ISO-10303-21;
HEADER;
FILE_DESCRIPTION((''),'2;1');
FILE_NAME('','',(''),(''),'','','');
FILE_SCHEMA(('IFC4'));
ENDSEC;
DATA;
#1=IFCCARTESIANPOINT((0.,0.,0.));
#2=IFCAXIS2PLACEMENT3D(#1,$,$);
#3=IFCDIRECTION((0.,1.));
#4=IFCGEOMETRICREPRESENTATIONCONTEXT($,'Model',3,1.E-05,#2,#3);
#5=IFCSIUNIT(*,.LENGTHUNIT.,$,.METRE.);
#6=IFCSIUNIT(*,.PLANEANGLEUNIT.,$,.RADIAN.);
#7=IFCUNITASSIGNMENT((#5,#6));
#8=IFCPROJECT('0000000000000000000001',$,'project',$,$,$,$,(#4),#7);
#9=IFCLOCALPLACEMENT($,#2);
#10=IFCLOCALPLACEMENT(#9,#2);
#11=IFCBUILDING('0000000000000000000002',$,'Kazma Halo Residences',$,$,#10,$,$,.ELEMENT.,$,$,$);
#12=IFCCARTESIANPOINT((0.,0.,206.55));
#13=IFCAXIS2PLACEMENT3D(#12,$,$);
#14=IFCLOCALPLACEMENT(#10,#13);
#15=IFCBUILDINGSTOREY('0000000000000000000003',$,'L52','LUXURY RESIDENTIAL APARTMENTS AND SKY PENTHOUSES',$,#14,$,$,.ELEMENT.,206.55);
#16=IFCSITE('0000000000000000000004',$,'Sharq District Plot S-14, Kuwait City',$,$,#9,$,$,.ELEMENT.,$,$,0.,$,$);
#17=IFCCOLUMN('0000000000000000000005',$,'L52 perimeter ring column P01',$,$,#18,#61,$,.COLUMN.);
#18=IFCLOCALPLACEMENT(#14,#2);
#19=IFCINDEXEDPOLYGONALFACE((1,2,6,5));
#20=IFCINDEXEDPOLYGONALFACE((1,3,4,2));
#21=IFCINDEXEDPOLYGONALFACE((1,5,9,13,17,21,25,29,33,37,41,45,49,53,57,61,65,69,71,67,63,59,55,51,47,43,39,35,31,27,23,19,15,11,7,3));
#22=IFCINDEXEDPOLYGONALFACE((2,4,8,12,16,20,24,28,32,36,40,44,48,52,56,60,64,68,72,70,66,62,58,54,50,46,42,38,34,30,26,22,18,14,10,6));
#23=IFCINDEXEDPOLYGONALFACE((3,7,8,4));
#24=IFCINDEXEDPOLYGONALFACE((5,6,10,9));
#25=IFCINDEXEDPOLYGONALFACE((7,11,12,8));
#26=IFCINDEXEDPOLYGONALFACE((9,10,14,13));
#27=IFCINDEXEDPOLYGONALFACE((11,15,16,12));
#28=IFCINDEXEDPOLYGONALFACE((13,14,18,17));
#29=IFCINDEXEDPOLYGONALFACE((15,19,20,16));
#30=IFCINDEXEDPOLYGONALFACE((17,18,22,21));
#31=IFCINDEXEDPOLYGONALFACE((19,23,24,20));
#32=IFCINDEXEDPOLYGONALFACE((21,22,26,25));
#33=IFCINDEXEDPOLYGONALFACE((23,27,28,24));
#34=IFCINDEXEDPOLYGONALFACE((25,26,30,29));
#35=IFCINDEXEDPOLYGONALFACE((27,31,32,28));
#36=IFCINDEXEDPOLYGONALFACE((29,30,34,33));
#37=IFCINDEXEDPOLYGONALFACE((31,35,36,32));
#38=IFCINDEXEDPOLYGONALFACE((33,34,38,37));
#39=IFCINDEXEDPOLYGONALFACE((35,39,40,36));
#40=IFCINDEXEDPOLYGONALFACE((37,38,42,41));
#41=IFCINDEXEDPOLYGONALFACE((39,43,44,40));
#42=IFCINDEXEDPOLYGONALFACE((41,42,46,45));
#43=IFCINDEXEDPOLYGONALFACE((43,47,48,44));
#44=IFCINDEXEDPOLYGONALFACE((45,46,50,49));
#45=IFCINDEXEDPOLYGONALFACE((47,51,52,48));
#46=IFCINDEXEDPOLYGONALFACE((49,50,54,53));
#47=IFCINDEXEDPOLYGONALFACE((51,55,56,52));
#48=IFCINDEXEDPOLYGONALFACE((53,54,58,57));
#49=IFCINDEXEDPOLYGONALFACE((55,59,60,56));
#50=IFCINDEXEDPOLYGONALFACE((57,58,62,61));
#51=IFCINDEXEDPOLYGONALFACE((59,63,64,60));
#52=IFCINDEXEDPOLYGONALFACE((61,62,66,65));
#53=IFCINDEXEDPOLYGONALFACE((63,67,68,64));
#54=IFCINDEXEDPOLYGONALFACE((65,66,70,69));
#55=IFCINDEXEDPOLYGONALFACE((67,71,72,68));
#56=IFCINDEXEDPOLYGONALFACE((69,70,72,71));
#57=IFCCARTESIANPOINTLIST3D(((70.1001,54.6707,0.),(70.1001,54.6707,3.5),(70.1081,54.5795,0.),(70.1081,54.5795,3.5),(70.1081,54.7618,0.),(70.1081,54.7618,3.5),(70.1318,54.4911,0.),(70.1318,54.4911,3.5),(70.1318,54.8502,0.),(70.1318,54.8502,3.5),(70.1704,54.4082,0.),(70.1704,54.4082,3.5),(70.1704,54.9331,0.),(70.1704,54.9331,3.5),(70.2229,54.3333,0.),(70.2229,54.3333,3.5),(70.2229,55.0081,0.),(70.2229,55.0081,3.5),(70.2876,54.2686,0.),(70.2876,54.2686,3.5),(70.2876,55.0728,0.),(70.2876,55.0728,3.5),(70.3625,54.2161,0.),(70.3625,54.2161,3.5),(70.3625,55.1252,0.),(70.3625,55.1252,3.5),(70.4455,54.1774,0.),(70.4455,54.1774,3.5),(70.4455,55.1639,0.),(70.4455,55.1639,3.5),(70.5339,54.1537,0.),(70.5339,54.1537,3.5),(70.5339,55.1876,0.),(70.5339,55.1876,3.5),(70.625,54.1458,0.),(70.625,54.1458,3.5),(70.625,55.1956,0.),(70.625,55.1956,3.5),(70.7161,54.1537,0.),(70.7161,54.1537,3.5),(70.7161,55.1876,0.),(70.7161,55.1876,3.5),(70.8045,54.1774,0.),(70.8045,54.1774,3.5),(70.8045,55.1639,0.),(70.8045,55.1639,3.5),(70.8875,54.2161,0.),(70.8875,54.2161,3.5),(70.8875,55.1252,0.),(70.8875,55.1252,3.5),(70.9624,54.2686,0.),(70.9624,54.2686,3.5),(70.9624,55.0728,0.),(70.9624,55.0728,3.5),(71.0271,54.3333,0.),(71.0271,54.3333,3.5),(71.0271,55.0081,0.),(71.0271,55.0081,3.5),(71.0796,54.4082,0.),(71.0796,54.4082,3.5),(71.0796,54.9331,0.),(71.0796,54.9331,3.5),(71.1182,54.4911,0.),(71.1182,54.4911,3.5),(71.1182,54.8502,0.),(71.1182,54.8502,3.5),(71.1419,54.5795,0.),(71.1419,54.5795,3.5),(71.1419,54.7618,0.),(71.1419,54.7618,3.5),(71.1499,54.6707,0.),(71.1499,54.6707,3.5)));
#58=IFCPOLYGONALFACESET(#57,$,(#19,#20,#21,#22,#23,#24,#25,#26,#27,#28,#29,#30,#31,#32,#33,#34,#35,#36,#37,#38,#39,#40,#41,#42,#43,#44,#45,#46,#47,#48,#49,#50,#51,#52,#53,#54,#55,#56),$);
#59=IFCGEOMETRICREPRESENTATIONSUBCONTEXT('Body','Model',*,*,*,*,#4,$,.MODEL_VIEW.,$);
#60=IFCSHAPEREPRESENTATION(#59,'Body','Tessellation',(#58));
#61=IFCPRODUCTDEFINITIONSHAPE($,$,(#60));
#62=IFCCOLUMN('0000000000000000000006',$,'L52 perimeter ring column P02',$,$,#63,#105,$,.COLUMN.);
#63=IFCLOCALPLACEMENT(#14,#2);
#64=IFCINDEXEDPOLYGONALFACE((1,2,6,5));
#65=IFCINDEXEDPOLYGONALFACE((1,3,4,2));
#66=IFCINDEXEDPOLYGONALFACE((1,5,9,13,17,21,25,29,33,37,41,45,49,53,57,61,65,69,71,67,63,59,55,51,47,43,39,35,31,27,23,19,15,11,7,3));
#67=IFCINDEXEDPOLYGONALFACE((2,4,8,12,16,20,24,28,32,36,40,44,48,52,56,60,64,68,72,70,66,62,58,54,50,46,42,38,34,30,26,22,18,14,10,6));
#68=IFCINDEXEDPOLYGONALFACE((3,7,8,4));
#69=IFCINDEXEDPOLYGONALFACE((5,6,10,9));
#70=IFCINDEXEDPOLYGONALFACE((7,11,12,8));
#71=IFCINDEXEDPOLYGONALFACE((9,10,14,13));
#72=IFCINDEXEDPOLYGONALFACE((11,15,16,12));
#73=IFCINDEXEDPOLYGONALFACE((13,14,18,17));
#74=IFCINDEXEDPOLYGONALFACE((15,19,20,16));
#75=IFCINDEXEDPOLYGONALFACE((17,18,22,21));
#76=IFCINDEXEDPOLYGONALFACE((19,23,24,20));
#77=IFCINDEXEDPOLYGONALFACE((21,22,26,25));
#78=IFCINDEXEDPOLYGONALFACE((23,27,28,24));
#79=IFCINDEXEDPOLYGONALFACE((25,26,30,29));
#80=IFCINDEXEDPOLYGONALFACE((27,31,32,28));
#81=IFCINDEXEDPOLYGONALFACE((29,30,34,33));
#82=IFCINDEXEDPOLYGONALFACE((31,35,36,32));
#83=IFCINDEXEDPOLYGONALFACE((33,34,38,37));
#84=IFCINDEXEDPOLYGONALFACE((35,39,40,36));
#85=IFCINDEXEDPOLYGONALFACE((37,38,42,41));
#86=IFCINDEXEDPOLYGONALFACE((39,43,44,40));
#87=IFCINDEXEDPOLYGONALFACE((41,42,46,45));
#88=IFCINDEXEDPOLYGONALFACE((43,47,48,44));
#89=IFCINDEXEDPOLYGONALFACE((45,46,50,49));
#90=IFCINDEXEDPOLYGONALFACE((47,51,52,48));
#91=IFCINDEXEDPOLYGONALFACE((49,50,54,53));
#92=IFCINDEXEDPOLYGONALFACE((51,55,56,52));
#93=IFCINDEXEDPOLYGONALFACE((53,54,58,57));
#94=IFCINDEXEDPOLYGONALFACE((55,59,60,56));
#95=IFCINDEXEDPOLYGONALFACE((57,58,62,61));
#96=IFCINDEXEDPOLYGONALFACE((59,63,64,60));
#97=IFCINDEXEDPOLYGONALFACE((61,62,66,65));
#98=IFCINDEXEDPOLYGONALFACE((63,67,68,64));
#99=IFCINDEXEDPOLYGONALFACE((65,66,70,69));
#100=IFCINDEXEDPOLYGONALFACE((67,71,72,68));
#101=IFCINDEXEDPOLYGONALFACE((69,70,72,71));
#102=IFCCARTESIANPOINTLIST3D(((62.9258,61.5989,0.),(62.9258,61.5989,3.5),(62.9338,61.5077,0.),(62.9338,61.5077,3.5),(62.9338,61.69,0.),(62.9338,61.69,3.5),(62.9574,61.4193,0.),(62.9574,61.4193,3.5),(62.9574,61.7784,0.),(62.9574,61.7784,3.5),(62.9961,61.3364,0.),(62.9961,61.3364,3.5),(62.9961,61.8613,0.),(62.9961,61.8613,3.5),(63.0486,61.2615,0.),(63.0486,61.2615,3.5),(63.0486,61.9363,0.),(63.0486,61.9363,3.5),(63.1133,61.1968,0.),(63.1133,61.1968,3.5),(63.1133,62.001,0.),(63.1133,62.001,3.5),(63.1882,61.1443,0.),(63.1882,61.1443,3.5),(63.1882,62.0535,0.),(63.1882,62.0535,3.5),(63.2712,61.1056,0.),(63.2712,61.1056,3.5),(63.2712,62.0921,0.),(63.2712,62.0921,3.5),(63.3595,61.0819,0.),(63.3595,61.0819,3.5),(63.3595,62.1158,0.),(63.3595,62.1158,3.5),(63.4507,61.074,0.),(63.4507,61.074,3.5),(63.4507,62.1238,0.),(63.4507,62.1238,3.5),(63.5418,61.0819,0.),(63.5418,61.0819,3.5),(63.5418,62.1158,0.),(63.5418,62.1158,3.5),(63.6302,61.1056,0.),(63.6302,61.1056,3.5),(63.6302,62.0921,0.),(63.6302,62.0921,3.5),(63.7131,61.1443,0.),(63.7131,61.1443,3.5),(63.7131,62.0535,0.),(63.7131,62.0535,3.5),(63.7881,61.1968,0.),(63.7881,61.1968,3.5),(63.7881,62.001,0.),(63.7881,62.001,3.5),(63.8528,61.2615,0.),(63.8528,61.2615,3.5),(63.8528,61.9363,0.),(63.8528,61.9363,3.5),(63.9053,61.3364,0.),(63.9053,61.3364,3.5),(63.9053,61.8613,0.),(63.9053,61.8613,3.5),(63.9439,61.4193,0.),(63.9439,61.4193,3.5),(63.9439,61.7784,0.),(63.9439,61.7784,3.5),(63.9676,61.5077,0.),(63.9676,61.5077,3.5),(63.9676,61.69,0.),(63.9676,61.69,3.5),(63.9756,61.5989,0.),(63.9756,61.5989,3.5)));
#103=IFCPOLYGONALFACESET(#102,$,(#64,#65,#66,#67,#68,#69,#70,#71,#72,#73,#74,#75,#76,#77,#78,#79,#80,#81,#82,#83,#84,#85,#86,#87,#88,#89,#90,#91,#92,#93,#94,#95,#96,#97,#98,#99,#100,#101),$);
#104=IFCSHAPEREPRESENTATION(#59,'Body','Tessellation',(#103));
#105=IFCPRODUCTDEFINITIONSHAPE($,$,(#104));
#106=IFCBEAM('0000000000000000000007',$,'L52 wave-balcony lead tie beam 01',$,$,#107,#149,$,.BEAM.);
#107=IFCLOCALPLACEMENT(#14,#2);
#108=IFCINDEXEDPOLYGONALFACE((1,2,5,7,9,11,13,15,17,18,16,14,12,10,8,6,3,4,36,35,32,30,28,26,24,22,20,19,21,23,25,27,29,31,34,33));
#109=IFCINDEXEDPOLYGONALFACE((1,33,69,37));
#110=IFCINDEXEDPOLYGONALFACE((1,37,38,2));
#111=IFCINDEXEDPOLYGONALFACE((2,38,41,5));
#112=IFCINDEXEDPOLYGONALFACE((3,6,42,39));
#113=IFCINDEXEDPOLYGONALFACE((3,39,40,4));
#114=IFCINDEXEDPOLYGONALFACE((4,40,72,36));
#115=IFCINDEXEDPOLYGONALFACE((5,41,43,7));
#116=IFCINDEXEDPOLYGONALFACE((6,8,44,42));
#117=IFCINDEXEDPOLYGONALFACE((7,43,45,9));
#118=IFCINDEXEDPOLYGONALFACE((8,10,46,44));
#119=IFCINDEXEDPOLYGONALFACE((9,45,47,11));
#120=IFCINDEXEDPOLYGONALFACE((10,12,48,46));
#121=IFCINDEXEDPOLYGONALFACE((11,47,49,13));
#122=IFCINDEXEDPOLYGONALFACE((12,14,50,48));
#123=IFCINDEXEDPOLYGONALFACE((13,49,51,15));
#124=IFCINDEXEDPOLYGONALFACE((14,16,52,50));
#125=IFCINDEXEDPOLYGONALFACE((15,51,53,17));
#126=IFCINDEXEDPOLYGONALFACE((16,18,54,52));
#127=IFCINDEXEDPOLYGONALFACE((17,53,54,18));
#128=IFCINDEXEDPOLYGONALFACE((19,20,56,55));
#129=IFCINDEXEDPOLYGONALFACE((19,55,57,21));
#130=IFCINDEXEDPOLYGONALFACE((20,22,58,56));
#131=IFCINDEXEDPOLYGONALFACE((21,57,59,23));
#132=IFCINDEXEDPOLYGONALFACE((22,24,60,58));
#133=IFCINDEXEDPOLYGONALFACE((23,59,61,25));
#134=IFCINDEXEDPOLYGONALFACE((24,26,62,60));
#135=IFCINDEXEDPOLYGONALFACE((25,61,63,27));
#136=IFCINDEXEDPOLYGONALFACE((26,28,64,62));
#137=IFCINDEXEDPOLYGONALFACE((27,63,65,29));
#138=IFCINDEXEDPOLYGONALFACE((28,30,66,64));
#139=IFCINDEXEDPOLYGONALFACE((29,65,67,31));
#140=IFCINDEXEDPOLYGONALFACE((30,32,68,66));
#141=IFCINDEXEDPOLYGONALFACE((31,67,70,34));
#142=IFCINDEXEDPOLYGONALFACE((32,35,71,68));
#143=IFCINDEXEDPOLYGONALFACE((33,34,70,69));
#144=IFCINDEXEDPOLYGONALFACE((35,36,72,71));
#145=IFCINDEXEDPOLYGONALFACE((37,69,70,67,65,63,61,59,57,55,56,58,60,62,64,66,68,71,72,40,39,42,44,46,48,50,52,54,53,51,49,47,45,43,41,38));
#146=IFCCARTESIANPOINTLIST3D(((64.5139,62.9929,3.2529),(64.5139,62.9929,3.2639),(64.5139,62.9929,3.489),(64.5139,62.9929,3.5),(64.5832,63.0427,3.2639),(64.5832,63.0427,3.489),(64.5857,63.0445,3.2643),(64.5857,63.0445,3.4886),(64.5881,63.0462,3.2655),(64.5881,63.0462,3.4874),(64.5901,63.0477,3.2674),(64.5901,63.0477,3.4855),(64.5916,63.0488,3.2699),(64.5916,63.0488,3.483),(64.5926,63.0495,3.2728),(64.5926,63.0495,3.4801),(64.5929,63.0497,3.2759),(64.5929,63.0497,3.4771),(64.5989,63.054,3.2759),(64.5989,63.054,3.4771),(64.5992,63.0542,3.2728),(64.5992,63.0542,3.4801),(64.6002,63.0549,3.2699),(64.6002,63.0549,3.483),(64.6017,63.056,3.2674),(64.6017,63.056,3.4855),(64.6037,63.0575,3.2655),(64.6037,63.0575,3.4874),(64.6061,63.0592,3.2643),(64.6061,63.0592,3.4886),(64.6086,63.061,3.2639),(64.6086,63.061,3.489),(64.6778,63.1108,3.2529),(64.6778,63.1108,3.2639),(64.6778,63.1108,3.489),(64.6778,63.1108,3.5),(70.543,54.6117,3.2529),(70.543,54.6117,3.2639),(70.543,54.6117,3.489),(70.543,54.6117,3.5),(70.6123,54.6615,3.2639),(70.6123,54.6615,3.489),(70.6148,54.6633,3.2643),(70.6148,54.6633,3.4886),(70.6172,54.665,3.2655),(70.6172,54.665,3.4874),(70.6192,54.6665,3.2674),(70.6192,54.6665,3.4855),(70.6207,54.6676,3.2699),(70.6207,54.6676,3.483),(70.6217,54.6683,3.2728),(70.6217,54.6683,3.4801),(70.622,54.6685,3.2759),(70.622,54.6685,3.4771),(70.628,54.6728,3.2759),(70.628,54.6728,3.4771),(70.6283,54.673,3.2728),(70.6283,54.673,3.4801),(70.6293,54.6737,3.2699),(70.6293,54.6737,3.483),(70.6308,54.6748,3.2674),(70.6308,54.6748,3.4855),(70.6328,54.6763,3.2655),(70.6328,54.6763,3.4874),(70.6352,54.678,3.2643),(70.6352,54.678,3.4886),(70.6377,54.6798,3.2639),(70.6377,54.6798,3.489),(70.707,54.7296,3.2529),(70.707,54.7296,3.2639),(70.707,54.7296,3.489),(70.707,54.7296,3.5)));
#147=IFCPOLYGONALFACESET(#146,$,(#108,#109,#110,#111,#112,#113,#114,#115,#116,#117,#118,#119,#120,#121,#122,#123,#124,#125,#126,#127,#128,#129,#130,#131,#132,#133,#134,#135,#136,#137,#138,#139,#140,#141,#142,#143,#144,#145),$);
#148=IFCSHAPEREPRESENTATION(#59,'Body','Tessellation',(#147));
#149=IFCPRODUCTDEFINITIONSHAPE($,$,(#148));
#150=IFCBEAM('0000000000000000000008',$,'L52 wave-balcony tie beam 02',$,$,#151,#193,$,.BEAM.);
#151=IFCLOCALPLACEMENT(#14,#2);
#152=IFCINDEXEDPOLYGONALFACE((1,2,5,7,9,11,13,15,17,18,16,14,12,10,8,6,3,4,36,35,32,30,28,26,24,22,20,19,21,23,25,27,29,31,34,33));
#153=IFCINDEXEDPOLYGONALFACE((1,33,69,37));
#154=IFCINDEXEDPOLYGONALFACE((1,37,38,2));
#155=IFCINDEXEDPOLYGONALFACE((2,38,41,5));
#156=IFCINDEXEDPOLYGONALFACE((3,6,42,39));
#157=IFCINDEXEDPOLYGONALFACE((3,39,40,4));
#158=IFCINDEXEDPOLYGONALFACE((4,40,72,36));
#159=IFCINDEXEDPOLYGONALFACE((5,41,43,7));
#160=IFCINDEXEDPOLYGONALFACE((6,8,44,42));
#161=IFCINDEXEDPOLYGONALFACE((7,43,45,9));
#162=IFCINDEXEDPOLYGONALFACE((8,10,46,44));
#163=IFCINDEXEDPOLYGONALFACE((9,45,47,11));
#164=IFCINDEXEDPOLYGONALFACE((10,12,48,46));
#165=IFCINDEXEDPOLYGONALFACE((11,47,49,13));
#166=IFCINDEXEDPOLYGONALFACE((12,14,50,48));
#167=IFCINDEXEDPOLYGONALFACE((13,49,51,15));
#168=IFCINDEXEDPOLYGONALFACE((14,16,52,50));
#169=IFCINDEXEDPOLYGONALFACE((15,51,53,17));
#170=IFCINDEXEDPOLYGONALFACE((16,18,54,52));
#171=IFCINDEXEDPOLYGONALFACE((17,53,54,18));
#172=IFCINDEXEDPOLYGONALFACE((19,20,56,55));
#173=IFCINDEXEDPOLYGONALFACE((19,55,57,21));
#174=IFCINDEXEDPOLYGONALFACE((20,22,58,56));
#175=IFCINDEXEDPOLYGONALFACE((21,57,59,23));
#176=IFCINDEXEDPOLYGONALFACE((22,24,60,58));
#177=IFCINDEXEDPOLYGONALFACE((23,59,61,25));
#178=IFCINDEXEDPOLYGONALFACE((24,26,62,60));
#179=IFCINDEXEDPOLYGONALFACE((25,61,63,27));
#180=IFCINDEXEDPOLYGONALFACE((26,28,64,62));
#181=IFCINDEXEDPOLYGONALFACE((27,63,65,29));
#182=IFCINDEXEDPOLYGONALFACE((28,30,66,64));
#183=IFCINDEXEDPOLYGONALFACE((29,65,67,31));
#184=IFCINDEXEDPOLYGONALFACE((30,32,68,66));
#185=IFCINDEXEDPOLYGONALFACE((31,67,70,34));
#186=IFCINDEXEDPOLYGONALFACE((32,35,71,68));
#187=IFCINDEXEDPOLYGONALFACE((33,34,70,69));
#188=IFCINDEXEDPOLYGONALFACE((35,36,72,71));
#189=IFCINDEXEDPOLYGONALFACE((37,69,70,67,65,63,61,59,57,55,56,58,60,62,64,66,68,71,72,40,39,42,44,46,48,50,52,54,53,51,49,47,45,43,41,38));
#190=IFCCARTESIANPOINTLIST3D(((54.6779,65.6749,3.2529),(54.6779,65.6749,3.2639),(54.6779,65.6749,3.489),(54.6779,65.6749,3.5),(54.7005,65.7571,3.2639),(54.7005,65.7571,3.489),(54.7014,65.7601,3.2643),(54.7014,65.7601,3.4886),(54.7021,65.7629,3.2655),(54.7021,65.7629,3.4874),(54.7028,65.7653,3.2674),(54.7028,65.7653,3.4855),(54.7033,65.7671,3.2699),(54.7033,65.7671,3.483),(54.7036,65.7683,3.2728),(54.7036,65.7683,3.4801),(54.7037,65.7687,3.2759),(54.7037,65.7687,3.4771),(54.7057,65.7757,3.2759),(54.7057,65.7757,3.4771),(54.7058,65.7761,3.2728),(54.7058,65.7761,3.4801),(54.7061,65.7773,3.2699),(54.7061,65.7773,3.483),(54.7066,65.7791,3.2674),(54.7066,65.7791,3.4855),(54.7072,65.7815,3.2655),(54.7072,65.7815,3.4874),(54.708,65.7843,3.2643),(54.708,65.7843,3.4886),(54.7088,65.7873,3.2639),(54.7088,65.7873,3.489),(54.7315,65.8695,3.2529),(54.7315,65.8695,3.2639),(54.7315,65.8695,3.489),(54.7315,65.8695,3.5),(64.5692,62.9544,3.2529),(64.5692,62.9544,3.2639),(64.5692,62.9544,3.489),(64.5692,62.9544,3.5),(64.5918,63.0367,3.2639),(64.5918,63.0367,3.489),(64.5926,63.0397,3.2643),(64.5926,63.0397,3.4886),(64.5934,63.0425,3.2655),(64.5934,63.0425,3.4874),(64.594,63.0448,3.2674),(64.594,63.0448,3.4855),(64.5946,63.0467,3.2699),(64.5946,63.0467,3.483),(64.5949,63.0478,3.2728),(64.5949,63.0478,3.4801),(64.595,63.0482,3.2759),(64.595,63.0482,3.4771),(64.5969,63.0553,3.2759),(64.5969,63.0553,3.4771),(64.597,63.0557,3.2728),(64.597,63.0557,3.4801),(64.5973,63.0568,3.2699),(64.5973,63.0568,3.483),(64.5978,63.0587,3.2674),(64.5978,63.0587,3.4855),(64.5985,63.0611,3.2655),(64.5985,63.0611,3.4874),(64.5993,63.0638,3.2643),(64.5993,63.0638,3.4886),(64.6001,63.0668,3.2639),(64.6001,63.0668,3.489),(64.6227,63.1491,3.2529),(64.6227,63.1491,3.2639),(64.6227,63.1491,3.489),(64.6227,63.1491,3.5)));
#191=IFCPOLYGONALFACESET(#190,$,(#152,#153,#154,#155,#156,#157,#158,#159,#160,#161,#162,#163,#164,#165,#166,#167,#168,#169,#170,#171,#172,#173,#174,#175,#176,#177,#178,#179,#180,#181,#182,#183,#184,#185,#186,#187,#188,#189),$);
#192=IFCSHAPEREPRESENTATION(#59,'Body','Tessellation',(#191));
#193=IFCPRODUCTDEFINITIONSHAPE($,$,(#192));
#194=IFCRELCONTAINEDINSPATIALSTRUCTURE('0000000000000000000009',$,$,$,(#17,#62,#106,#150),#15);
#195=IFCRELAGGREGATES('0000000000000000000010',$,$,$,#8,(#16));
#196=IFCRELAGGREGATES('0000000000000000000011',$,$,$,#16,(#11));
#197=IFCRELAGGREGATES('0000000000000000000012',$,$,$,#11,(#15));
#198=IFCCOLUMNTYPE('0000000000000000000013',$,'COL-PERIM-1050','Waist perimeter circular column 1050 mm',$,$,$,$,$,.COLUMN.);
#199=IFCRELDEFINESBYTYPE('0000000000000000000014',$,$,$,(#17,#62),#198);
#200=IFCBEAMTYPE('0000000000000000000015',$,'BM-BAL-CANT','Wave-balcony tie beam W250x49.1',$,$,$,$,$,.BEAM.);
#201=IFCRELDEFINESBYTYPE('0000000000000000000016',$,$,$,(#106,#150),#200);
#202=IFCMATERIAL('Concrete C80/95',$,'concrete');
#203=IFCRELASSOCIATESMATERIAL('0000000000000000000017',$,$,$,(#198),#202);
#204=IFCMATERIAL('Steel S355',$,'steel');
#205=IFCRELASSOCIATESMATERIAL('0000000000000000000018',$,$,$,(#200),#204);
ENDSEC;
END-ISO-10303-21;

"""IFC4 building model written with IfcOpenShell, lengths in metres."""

from ifc_helpers import new_model, si_unit, direction, frame, origin, origin_2d, place, context, subcontext, project, spatial, circle, i_section, extrude, material, material_profile, profile_set, type_object, element, save


model = new_model("IFC4")

# Units and contexts
model_context = context("Model", 3, precision=1e-05, world=origin(), true_north=direction((0.0, 1.0)))
body_context = subcontext(model_context, "Body", "Model", "MODEL_VIEW")
ifc_project = project(units=[si_unit("LENGTHUNIT", "METRE"), si_unit("PLANEANGLEUNIT", "RADIAN")], contexts=[model_context])

# Site, building, storey
site_placement = place(None, origin())
site = spatial("IfcSite", under=ifc_project, at=site_placement, Name="Sharq District Plot S-14, Kuwait City", CompositionType="ELEMENT", RefElevation=0.0)
building_placement = place(site_placement, origin())
building = spatial("IfcBuilding", under=site, at=building_placement, Name="Kazma Halo Residences", CompositionType="ELEMENT")
storey_placement = place(building_placement, frame((0.0, 0.0, 206.55)))
storey = spatial("IfcBuildingStorey", under=building, at=storey_placement, Name="L52", Description="LUXURY RESIDENTIAL APARTMENTS AND SKY PENTHOUSES", CompositionType="ELEMENT", Elevation=206.55)

# Columns
ifc_material_1 = material(Name="Concrete C80/95", Category="concrete")
ifc_material_profile_1 = material_profile(ifc_material_1, circle(Radius=0.5249, at=origin_2d()), Name="CIRC1050")
ifc_profile_set_1 = profile_set([ifc_material_profile_1], Name="Concrete C80/95")
column_type = type_object("IfcColumnType", Name="COL-PERIM-1050", Description="Waist perimeter circular column 1050 mm", PredefinedType="COLUMN", material=ifc_profile_set_1)
for number, where, z_axis, x_axis, name in (
    (1, (70.625, 54.6707, 0.0), (0.0, 0.0, 1.0), (1.0, 0.0, 0.0), "L52 perimeter ring column P01"),
    (2, (63.4507, 61.5989, 0.0), (0.0, 0.0, 1.0), (1.0, 0.0, 0.0), "L52 perimeter ring column P02"),
):
    element("IfcColumn", number, at=place(storey_placement, frame(where, z_axis=z_axis, x_axis=x_axis)), inside=storey, type_object=column_type, Name=name, PredefinedType="COLUMN", context=body_context, shape_type="SweptSolid", body=[
        extrude(circle(Radius=0.5249, at=origin_2d()), origin(), (0.0, 0.0, 1.0), 3.5),
    ])

# Beams
ifc_material_2 = material(Name="Steel S355", Category="steel")
ifc_material_profile_2 = material_profile(ifc_material_2, i_section(OverallWidth=0.2019, OverallDepth=0.2471, WebThickness=0.0073, FlangeThickness=0.011, FilletRadius=0.012, at=origin_2d()), Name="W250x49.1")
ifc_profile_set_2 = profile_set([ifc_material_profile_2], Name="Steel S355")
beam_type_1 = type_object("IfcBeamType", Name="BM-BAL-CANT", Description="Wave-balcony tie beam W250x49.1", PredefinedType="BEAM", material=ifc_profile_set_2)
beam_1_placement = place(storey_placement, frame((70.625, 54.6707, 3.3765), z_axis=(-0.583964, 0.81178, 0.0), x_axis=(-0.81178, -0.583964, 0.0)))
element("IfcBeam", 3, at=beam_1_placement, inside=storey, type_object=beam_type_1, Name="L52 wave-balcony lead tie beam 01", PredefinedType="BEAM", context=body_context, shape_type="SweptSolid", body=[
    extrude(i_section(OverallWidth=0.2019, OverallDepth=0.2471, WebThickness=0.0073, FlangeThickness=0.011, FilletRadius=0.012, at=origin_2d()), origin(), (0.0, 0.0, 1.0), 10.3245),
])
beam_2_placement = place(storey_placement, frame((64.5959, 63.0518, 3.3765), z_axis=(-0.964197, 0.265187, 0.0), x_axis=(-0.265187, -0.964197, 0.0)))
element("IfcBeam", 4, at=beam_2_placement, inside=storey, type_object=beam_type_1, Name="L52 wave-balcony tie beam 02", PredefinedType="BEAM", context=body_context, shape_type="SweptSolid", body=[
    extrude(i_section(OverallWidth=0.2019, OverallDepth=0.2471, WebThickness=0.0073, FlangeThickness=0.011, FilletRadius=0.012, at=origin_2d()), origin(), (0.0, 0.0, 1.0), 10.2585),
])

save(model, "model.ifc")
